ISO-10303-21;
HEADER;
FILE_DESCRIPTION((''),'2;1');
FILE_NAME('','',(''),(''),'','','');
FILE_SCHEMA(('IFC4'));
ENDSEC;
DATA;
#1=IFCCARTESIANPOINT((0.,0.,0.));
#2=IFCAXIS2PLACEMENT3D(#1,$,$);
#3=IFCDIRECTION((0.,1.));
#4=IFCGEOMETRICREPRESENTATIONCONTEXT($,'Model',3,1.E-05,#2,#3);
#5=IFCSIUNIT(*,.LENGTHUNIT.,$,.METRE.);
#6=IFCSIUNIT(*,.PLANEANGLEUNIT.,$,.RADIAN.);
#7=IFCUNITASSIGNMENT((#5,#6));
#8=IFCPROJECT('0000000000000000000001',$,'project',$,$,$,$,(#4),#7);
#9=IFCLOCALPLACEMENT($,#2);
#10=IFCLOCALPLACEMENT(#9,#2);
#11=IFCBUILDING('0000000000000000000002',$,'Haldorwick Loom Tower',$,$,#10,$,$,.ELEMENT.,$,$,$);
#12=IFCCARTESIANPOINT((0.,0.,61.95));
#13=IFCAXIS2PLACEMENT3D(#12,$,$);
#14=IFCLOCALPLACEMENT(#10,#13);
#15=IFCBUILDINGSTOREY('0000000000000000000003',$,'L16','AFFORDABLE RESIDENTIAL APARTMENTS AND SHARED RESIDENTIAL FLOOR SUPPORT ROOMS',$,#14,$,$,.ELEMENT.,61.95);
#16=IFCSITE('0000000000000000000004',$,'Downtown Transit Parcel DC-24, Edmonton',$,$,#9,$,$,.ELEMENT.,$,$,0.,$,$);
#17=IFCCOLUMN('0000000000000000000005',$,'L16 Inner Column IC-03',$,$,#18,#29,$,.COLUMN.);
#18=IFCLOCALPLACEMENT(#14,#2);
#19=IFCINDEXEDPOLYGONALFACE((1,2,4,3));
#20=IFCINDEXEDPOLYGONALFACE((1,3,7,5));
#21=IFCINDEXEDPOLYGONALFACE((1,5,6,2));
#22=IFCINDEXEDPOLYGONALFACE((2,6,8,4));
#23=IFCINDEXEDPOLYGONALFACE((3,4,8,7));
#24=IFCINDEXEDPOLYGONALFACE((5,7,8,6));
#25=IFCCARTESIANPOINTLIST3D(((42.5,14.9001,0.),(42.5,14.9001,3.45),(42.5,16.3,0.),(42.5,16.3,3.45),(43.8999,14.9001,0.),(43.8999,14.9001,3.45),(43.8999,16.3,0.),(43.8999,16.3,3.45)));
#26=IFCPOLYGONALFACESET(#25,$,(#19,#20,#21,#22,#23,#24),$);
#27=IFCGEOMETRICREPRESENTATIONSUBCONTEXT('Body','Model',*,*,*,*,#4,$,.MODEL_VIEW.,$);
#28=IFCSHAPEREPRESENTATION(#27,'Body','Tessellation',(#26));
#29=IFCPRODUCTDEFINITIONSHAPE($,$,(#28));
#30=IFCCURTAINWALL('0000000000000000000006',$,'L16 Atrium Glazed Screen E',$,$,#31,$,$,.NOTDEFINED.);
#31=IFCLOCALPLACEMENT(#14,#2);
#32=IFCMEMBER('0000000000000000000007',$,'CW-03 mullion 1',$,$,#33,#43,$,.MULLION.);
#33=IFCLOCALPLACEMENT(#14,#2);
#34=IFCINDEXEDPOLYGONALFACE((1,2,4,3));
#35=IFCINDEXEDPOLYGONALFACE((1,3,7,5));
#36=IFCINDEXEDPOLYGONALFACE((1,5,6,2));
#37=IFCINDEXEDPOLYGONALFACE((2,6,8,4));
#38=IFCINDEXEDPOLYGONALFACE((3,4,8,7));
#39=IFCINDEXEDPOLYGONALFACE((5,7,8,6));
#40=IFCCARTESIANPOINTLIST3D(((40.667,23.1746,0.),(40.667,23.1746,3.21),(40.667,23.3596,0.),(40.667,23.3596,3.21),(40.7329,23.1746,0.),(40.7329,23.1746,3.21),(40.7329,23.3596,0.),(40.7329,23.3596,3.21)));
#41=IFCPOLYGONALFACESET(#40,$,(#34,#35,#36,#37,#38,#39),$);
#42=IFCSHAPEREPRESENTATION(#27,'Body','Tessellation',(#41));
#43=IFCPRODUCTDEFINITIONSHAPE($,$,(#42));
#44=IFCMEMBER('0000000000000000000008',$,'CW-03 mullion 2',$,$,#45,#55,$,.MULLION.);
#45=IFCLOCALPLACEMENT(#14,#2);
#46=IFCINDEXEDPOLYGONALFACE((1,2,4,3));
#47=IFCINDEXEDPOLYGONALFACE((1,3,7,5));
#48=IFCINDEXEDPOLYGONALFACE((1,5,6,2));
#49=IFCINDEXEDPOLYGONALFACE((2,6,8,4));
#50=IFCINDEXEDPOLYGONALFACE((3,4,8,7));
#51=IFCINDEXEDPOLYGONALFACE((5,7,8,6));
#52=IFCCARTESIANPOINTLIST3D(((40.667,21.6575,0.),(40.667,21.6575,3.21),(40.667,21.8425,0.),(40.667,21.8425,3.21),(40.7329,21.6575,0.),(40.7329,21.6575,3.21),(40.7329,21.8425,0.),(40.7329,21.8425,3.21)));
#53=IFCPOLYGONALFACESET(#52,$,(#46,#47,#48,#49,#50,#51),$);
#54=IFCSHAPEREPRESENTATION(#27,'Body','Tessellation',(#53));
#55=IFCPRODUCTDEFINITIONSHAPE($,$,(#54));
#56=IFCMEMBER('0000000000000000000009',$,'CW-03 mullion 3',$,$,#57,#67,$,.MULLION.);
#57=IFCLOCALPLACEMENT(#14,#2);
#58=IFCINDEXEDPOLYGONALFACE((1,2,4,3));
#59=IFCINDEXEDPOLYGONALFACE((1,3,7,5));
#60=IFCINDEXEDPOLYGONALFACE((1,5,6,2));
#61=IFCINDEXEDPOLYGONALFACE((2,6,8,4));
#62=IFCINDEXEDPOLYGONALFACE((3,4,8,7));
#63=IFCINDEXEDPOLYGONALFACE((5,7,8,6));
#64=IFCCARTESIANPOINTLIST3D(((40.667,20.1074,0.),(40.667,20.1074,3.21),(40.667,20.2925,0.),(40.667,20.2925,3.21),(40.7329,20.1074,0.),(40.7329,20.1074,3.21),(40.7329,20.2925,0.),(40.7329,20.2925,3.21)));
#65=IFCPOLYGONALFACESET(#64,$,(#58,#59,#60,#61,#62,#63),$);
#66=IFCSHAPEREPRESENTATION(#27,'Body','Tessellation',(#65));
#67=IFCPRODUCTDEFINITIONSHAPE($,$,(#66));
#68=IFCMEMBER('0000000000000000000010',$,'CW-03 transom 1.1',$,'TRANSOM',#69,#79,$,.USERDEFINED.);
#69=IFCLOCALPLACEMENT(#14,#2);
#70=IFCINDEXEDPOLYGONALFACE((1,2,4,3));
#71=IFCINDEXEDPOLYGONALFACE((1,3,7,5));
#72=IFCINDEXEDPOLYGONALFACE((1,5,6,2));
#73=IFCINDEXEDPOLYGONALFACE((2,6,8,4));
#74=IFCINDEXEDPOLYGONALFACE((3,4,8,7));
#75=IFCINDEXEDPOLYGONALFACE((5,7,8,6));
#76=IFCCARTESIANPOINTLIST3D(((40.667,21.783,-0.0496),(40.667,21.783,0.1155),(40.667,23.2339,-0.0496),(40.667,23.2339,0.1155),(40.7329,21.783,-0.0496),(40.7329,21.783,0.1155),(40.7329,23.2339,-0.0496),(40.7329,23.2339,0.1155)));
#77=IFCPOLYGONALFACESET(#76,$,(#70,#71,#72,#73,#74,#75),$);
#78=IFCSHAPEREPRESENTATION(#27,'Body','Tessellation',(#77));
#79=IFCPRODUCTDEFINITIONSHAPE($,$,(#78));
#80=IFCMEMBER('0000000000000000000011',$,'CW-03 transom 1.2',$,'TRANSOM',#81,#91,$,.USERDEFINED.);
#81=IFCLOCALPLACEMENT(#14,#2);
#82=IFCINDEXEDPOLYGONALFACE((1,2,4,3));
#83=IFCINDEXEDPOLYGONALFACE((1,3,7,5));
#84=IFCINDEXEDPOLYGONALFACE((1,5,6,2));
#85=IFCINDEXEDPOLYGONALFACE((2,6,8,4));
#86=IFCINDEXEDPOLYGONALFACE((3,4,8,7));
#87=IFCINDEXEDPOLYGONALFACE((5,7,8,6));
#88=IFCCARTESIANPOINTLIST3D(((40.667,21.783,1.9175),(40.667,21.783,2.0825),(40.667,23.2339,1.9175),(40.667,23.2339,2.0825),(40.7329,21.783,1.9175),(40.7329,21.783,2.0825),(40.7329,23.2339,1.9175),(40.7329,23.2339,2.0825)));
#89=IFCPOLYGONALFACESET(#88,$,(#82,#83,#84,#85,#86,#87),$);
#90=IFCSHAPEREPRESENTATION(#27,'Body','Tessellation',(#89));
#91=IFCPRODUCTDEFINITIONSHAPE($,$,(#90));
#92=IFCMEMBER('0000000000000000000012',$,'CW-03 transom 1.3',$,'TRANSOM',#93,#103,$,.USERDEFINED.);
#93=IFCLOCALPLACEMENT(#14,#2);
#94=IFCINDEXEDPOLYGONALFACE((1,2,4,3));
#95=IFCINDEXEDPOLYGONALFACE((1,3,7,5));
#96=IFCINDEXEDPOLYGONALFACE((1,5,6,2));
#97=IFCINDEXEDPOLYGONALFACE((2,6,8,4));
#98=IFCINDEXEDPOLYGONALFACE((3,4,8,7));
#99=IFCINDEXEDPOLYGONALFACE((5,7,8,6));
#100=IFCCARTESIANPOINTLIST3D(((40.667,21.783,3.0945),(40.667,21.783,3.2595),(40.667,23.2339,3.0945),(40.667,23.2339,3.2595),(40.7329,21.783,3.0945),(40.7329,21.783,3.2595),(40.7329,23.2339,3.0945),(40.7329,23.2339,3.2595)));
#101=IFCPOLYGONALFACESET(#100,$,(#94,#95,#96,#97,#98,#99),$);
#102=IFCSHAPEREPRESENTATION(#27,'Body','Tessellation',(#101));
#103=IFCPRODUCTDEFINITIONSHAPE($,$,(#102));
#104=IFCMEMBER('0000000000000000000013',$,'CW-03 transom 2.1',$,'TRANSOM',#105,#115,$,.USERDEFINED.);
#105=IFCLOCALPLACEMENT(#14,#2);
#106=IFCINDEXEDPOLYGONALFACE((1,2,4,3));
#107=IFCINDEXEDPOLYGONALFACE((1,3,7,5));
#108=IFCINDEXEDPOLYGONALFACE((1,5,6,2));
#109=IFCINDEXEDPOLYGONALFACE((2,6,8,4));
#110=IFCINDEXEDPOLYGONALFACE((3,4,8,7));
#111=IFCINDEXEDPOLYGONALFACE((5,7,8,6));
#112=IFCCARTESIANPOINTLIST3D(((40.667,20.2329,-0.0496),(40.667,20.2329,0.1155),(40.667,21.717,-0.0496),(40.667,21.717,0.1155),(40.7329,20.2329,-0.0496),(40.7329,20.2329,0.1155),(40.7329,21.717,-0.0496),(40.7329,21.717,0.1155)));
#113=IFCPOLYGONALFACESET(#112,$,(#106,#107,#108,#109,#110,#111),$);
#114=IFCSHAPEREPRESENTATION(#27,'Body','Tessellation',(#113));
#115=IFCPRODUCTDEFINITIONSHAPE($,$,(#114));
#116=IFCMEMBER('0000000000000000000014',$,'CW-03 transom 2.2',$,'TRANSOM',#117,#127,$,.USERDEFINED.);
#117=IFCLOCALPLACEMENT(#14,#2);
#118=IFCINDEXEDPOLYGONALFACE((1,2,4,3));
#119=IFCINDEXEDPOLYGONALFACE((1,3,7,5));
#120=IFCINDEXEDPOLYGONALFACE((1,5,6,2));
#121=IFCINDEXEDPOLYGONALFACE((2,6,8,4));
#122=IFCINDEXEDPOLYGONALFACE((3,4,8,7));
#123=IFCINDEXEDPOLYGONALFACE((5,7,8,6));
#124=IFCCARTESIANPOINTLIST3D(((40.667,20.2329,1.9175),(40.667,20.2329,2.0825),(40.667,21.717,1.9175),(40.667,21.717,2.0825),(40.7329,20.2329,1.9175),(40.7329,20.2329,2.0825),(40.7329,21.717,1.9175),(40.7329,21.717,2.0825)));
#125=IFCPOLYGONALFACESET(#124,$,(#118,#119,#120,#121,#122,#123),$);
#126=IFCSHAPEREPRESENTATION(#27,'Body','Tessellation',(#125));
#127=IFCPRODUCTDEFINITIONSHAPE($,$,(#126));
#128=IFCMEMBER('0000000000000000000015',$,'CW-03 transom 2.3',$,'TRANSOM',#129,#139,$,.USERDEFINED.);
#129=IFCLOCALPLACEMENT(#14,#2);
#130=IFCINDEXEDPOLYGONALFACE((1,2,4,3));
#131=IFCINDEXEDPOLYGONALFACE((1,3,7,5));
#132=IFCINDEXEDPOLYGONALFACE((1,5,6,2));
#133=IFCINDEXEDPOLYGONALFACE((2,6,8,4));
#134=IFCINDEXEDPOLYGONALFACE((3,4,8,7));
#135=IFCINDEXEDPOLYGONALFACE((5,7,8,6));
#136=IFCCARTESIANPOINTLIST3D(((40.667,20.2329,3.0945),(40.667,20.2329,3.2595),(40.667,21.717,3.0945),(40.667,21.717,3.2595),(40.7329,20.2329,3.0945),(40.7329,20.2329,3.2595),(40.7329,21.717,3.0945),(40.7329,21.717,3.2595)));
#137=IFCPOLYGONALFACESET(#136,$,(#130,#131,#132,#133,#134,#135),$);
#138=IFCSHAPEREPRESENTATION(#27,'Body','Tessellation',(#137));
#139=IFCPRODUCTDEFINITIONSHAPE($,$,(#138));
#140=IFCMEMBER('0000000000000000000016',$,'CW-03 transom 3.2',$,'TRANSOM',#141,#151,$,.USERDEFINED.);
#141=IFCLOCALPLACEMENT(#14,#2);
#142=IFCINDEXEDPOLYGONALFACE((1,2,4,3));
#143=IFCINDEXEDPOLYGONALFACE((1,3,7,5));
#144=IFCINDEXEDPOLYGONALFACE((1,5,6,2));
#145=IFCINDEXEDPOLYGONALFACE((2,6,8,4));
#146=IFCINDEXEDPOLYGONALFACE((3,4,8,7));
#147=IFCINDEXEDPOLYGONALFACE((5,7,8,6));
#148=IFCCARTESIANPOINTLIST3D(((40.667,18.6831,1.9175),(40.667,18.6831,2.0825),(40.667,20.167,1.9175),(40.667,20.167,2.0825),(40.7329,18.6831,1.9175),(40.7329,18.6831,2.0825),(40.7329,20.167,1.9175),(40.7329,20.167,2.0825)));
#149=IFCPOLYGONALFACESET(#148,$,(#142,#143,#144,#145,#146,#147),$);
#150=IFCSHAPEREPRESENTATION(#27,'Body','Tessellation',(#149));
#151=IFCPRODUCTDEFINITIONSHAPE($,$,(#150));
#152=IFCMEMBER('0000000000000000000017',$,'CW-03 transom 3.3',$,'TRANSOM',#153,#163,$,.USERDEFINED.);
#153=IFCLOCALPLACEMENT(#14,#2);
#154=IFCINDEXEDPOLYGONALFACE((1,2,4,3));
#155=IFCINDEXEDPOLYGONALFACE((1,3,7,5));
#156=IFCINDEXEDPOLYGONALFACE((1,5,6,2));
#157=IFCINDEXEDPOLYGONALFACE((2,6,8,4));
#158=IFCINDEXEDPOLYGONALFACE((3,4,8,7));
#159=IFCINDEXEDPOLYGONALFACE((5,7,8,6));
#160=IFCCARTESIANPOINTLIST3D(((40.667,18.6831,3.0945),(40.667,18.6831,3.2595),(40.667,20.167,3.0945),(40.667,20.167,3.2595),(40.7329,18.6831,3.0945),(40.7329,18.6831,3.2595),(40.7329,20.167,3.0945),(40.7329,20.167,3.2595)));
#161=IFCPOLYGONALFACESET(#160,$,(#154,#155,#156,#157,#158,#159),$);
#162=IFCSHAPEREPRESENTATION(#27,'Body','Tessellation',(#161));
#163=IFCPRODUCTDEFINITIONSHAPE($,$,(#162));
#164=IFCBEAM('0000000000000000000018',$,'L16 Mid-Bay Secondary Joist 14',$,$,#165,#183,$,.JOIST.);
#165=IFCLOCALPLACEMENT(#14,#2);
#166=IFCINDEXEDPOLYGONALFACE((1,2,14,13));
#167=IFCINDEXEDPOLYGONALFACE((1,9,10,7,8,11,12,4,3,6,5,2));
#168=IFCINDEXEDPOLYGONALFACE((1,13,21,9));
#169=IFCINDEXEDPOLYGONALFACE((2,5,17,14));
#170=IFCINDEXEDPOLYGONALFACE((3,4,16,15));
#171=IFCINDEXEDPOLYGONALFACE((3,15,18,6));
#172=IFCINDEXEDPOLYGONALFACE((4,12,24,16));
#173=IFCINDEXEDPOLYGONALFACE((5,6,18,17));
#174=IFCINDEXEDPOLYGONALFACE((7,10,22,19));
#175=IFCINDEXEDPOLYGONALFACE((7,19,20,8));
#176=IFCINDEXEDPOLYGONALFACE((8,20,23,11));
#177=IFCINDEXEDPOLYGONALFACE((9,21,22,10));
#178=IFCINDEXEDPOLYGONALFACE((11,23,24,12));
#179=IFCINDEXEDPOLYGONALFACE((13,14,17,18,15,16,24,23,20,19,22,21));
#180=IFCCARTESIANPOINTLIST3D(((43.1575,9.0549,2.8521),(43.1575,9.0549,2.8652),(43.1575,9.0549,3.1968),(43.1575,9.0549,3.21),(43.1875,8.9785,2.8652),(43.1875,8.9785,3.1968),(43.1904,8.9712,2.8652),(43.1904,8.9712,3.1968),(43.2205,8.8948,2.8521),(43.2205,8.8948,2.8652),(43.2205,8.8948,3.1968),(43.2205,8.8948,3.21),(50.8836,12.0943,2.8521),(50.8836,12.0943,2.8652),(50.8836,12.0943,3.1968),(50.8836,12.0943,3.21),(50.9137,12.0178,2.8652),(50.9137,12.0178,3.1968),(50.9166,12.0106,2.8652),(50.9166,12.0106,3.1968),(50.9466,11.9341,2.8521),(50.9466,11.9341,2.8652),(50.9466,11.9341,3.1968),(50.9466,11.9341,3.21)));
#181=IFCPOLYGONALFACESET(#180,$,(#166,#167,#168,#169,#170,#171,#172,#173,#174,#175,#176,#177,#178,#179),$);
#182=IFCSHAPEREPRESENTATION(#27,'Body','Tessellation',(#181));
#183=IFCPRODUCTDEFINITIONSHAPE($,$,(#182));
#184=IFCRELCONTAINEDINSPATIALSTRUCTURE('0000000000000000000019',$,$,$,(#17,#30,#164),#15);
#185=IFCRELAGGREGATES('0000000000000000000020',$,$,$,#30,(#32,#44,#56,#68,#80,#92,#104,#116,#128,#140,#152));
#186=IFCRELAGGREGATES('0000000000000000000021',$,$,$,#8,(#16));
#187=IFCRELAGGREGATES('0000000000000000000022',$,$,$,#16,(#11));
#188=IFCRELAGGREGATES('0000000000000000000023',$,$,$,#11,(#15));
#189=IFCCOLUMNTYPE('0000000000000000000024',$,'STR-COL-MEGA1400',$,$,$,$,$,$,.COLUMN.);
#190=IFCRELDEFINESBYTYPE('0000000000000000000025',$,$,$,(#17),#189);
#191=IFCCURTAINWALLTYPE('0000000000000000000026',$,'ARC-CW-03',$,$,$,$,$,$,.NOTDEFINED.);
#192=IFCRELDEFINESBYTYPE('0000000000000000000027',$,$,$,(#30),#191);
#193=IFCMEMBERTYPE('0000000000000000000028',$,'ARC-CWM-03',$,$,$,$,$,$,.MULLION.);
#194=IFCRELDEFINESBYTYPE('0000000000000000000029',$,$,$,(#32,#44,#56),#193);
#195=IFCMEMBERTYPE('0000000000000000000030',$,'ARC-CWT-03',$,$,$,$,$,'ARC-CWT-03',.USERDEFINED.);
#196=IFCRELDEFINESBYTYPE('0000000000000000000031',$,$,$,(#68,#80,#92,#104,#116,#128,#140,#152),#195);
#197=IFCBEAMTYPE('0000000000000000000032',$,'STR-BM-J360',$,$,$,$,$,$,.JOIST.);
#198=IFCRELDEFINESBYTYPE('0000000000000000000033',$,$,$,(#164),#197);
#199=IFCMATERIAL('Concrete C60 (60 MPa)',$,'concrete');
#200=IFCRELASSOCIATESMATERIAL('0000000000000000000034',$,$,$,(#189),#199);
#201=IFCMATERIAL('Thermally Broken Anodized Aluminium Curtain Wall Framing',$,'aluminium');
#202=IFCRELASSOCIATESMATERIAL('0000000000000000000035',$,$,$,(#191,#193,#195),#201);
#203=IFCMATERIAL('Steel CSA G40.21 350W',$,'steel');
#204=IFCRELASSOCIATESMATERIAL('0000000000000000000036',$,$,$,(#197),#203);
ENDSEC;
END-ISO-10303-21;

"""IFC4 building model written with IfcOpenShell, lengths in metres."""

from ifc_helpers import new_model, si_unit, direction, frame, origin, origin_2d, place, context, subcontext, project, spatial, rectangle, i_section, extrude, material, material_profile, profile_set, type_object, element, aggregate, save


model = new_model("IFC4")

# Units and contexts
model_context = context("Model", 3, precision=1e-05, world=origin(), true_north=direction((0.0, 1.0)))
body_context = subcontext(model_context, "Body", "Model", "MODEL_VIEW")
ifc_project = project(units=[si_unit("LENGTHUNIT", "METRE"), si_unit("PLANEANGLEUNIT", "RADIAN")], contexts=[model_context])

# Site, building, storey
site_placement = place(None, origin())
site = spatial("IfcSite", under=ifc_project, at=site_placement, Name="Downtown Transit Parcel DC-24, Edmonton", CompositionType="ELEMENT", RefElevation=0.0)
building_placement = place(site_placement, origin())
building = spatial("IfcBuilding", under=site, at=building_placement, Name="Haldorwick Loom Tower", CompositionType="ELEMENT")
storey_placement = place(building_placement, frame((0.0, 0.0, 61.95)))
storey = spatial("IfcBuildingStorey", under=building, at=storey_placement, Name="L16", Description="AFFORDABLE RESIDENTIAL APARTMENTS AND SHARED RESIDENTIAL FLOOR SUPPORT ROOMS", CompositionType="ELEMENT", Elevation=61.95)

# Column
ifc_material_1 = material(Name="Concrete C60 (60 MPa)", Category="concrete")
ifc_material_profile_1 = material_profile(ifc_material_1, rectangle(XDim=1.3999, YDim=1.3999, at=origin_2d()), Name="RC1400X1400", Category="concrete")
ifc_profile_set_1 = profile_set([ifc_material_profile_1], Name="Concrete C60 (60 MPa)")
column_type = type_object("IfcColumnType", Name="STR-COL-MEGA1400", PredefinedType="COLUMN", material=ifc_profile_set_1)
column_placement = place(storey_placement, frame((43.2, 15.6001, 0.0), z_axis=(0.0, 0.0, 1.0), x_axis=(1.0, 0.0, 0.0)))
element("IfcColumn", 1, at=column_placement, inside=storey, type_object=column_type, Name="L16 Inner Column IC-03", PredefinedType="COLUMN", context=body_context, shape_type="SweptSolid", body=[
    extrude(rectangle(XDim=1.3999, YDim=1.3999, at=origin_2d()), origin(), (0.0, 0.0, 1.0), 3.45),
])

# Curtain wall, members
ifc_material_2 = material(Name="Thermally Broken Anodized Aluminium Curtain Wall Framing", Category="aluminium")
curtain_wall_type = type_object("IfcCurtainWallType", Name="ARC-CW-03", PredefinedType="NOTDEFINED", material=ifc_material_2)
curtain_wall_placement = place(storey_placement, origin())
curtain_wall = element("IfcCurtainWall", 2, at=curtain_wall_placement, inside=storey, type_object=curtain_wall_type, Name="L16 Atrium Glazed Screen E", PredefinedType="NOTDEFINED")
ifc_material_profile_2 = material_profile(ifc_material_2, rectangle(XDim=0.0659, YDim=0.1851, at=origin_2d()), Name="ALU_MUL_66X185", Category="aluminium")
ifc_profile_set_2 = profile_set([ifc_material_profile_2], Name="Thermally Broken Anodized Aluminium Curtain Wall Framing")
member_type_1 = type_object("IfcMemberType", Name="ARC-CWM-03", PredefinedType="MULLION", material=ifc_profile_set_2)
member_1_placement = place(storey_placement, frame((40.7, 23.2671, 0.0), z_axis=(0.0, 0.0, 1.0), x_axis=(1.0, 0.0, 0.0)))
member_1 = element("IfcMember", 3, at=member_1_placement, type_object=member_type_1, Name="CW-03 mullion 1", PredefinedType="MULLION", context=body_context, shape_type="SweptSolid", body=[
    extrude(rectangle(XDim=0.0659, YDim=0.1851, at=origin_2d()), origin(), (0.0, 0.0, 1.0), 3.21),
])
member_2_placement = place(storey_placement, frame((40.7, 21.75, 0.0), z_axis=(0.0, 0.0, 1.0), x_axis=(1.0, 0.0, 0.0)))
member_2 = element("IfcMember", 4, at=member_2_placement, type_object=member_type_1, Name="CW-03 mullion 2", PredefinedType="MULLION", context=body_context, shape_type="SweptSolid", body=[
    extrude(rectangle(XDim=0.0659, YDim=0.1851, at=origin_2d()), origin(), (0.0, 0.0, 1.0), 3.21),
])
member_3_placement = place(storey_placement, frame((40.7, 20.2, 0.0), z_axis=(0.0, 0.0, 1.0), x_axis=(1.0, 0.0, 0.0)))
member_3 = element("IfcMember", 5, at=member_3_placement, type_object=member_type_1, Name="CW-03 mullion 3", PredefinedType="MULLION", context=body_context, shape_type="SweptSolid", body=[
    extrude(rectangle(XDim=0.0659, YDim=0.1851, at=origin_2d()), origin(), (0.0, 0.0, 1.0), 3.21),
])
ifc_material_profile_3 = material_profile(ifc_material_2, rectangle(XDim=0.0659, YDim=0.165, at=origin_2d()), Name="ALU_TRN_66X165", Category="aluminium")
ifc_profile_set_3 = profile_set([ifc_material_profile_3], Name="Thermally Broken Anodized Aluminium Curtain Wall Framing")
member_type_2 = type_object("IfcMemberType", Name="ARC-CWT-03", ElementType="ARC-CWT-03", PredefinedType="USERDEFINED", material=ifc_profile_set_3)
member_4_placement = place(storey_placement, frame((40.7, 23.2339, 0.033), z_axis=(0.0, -1.0, 0.0), x_axis=(1.0, 0.0, 0.0)))
member_4 = element("IfcMember", 6, at=member_4_placement, type_object=member_type_2, Name="CW-03 transom 1.1", ObjectType="TRANSOM", PredefinedType="USERDEFINED", context=body_context, shape_type="SweptSolid", body=[
    extrude(rectangle(XDim=0.0659, YDim=0.165, at=origin_2d()), origin(), (0.0, 0.0, 1.0), 1.4509),
])
member_5_placement = place(storey_placement, frame((40.7, 23.2339, 2.0), z_axis=(0.0, -1.0, 0.0), x_axis=(1.0, 0.0, 0.0)))
member_5 = element("IfcMember", 7, at=member_5_placement, type_object=member_type_2, Name="CW-03 transom 1.2", ObjectType="TRANSOM", PredefinedType="USERDEFINED", context=body_context, shape_type="SweptSolid", body=[
    extrude(rectangle(XDim=0.0659, YDim=0.165, at=origin_2d()), origin(), (0.0, 0.0, 1.0), 1.4509),
])
member_6_placement = place(storey_placement, frame((40.7, 23.2339, 3.177), z_axis=(0.0, -1.0, 0.0), x_axis=(1.0, 0.0, 0.0)))
member_6 = element("IfcMember", 8, at=member_6_placement, type_object=member_type_2, Name="CW-03 transom 1.3", ObjectType="TRANSOM", PredefinedType="USERDEFINED", context=body_context, shape_type="SweptSolid", body=[
    extrude(rectangle(XDim=0.0659, YDim=0.165, at=origin_2d()), origin(), (0.0, 0.0, 1.0), 1.4509),
])
member_7_placement = place(storey_placement, frame((40.7, 21.717, 0.033), z_axis=(0.0, -1.0, 0.0), x_axis=(1.0, 0.0, 0.0)))
member_7 = element("IfcMember", 9, at=member_7_placement, type_object=member_type_2, Name="CW-03 transom 2.1", ObjectType="TRANSOM", PredefinedType="USERDEFINED", context=body_context, shape_type="SweptSolid", body=[
    extrude(rectangle(XDim=0.0659, YDim=0.165, at=origin_2d()), origin(), (0.0, 0.0, 1.0), 1.4841),
])
member_8_placement = place(storey_placement, frame((40.7, 21.717, 2.0), z_axis=(0.0, -1.0, 0.0), x_axis=(1.0, 0.0, 0.0)))
member_8 = element("IfcMember", 10, at=member_8_placement, type_object=member_type_2, Name="CW-03 transom 2.2", ObjectType="TRANSOM", PredefinedType="USERDEFINED", context=body_context, shape_type="SweptSolid", body=[
    extrude(rectangle(XDim=0.0659, YDim=0.165, at=origin_2d()), origin(), (0.0, 0.0, 1.0), 1.4841),
])
member_9_placement = place(storey_placement, frame((40.7, 21.717, 3.177), z_axis=(0.0, -1.0, 0.0), x_axis=(1.0, 0.0, 0.0)))
member_9 = element("IfcMember", 11, at=member_9_placement, type_object=member_type_2, Name="CW-03 transom 2.3", ObjectType="TRANSOM", PredefinedType="USERDEFINED", context=body_context, shape_type="SweptSolid", body=[
    extrude(rectangle(XDim=0.0659, YDim=0.165, at=origin_2d()), origin(), (0.0, 0.0, 1.0), 1.4841),
])
member_10_placement = place(storey_placement, frame((40.7, 20.167, 2.0), z_axis=(0.0, -1.0, 0.0), x_axis=(1.0, 0.0, 0.0)))
member_10 = element("IfcMember", 12, at=member_10_placement, type_object=member_type_2, Name="CW-03 transom 3.2", ObjectType="TRANSOM", PredefinedType="USERDEFINED", context=body_context, shape_type="SweptSolid", body=[
    extrude(rectangle(XDim=0.0659, YDim=0.165, at=origin_2d()), origin(), (0.0, 0.0, 1.0), 1.4839),
])
member_11_placement = place(storey_placement, frame((40.7, 20.167, 3.177), z_axis=(0.0, -1.0, 0.0), x_axis=(1.0, 0.0, 0.0)))
member_11 = element("IfcMember", 13, at=member_11_placement, type_object=member_type_2, Name="CW-03 transom 3.3", ObjectType="TRANSOM", PredefinedType="USERDEFINED", context=body_context, shape_type="SweptSolid", body=[
    extrude(rectangle(XDim=0.0659, YDim=0.165, at=origin_2d()), origin(), (0.0, 0.0, 1.0), 1.4839),
])

# Beam
ifc_material_3 = material(Name="Steel CSA G40.21 350W", Category="steel")
ifc_material_profile_4 = material_profile(ifc_material_3, i_section(OverallWidth=0.1721, OverallDepth=0.3579, WebThickness=0.0078, FlangeThickness=0.0132, at=origin_2d()), Name="W360X57", Category="steel")
ifc_profile_set_4 = profile_set([ifc_material_profile_4], Name="Steel CSA G40.21 350W")
beam_type_1 = type_object("IfcBeamType", Name="STR-BM-J360", PredefinedType="JOIST", material=ifc_profile_set_4)
beam_1_placement = place(storey_placement, frame((43.189, 8.9749, 3.031), z_axis=(0.930585, 0.366076, 0.0), x_axis=(-0.366076, 0.930585, 0.0)))
element("IfcBeam", 14, at=beam_1_placement, inside=storey, type_object=beam_type_1, Name="L16 Mid-Bay Secondary Joist 14", PredefinedType="JOIST", context=body_context, shape_type="SweptSolid", body=[
    extrude(i_section(OverallWidth=0.1721, OverallDepth=0.3579, WebThickness=0.0078, FlangeThickness=0.0132, at=origin_2d()), origin(), (0.0, 0.0, 1.0), 8.3025),
])

aggregate(curtain_wall, [member_1, member_2, member_3, member_4, member_5, member_6, member_7, member_8, member_9, member_10, member_11])

save(model, "model.ifc")
